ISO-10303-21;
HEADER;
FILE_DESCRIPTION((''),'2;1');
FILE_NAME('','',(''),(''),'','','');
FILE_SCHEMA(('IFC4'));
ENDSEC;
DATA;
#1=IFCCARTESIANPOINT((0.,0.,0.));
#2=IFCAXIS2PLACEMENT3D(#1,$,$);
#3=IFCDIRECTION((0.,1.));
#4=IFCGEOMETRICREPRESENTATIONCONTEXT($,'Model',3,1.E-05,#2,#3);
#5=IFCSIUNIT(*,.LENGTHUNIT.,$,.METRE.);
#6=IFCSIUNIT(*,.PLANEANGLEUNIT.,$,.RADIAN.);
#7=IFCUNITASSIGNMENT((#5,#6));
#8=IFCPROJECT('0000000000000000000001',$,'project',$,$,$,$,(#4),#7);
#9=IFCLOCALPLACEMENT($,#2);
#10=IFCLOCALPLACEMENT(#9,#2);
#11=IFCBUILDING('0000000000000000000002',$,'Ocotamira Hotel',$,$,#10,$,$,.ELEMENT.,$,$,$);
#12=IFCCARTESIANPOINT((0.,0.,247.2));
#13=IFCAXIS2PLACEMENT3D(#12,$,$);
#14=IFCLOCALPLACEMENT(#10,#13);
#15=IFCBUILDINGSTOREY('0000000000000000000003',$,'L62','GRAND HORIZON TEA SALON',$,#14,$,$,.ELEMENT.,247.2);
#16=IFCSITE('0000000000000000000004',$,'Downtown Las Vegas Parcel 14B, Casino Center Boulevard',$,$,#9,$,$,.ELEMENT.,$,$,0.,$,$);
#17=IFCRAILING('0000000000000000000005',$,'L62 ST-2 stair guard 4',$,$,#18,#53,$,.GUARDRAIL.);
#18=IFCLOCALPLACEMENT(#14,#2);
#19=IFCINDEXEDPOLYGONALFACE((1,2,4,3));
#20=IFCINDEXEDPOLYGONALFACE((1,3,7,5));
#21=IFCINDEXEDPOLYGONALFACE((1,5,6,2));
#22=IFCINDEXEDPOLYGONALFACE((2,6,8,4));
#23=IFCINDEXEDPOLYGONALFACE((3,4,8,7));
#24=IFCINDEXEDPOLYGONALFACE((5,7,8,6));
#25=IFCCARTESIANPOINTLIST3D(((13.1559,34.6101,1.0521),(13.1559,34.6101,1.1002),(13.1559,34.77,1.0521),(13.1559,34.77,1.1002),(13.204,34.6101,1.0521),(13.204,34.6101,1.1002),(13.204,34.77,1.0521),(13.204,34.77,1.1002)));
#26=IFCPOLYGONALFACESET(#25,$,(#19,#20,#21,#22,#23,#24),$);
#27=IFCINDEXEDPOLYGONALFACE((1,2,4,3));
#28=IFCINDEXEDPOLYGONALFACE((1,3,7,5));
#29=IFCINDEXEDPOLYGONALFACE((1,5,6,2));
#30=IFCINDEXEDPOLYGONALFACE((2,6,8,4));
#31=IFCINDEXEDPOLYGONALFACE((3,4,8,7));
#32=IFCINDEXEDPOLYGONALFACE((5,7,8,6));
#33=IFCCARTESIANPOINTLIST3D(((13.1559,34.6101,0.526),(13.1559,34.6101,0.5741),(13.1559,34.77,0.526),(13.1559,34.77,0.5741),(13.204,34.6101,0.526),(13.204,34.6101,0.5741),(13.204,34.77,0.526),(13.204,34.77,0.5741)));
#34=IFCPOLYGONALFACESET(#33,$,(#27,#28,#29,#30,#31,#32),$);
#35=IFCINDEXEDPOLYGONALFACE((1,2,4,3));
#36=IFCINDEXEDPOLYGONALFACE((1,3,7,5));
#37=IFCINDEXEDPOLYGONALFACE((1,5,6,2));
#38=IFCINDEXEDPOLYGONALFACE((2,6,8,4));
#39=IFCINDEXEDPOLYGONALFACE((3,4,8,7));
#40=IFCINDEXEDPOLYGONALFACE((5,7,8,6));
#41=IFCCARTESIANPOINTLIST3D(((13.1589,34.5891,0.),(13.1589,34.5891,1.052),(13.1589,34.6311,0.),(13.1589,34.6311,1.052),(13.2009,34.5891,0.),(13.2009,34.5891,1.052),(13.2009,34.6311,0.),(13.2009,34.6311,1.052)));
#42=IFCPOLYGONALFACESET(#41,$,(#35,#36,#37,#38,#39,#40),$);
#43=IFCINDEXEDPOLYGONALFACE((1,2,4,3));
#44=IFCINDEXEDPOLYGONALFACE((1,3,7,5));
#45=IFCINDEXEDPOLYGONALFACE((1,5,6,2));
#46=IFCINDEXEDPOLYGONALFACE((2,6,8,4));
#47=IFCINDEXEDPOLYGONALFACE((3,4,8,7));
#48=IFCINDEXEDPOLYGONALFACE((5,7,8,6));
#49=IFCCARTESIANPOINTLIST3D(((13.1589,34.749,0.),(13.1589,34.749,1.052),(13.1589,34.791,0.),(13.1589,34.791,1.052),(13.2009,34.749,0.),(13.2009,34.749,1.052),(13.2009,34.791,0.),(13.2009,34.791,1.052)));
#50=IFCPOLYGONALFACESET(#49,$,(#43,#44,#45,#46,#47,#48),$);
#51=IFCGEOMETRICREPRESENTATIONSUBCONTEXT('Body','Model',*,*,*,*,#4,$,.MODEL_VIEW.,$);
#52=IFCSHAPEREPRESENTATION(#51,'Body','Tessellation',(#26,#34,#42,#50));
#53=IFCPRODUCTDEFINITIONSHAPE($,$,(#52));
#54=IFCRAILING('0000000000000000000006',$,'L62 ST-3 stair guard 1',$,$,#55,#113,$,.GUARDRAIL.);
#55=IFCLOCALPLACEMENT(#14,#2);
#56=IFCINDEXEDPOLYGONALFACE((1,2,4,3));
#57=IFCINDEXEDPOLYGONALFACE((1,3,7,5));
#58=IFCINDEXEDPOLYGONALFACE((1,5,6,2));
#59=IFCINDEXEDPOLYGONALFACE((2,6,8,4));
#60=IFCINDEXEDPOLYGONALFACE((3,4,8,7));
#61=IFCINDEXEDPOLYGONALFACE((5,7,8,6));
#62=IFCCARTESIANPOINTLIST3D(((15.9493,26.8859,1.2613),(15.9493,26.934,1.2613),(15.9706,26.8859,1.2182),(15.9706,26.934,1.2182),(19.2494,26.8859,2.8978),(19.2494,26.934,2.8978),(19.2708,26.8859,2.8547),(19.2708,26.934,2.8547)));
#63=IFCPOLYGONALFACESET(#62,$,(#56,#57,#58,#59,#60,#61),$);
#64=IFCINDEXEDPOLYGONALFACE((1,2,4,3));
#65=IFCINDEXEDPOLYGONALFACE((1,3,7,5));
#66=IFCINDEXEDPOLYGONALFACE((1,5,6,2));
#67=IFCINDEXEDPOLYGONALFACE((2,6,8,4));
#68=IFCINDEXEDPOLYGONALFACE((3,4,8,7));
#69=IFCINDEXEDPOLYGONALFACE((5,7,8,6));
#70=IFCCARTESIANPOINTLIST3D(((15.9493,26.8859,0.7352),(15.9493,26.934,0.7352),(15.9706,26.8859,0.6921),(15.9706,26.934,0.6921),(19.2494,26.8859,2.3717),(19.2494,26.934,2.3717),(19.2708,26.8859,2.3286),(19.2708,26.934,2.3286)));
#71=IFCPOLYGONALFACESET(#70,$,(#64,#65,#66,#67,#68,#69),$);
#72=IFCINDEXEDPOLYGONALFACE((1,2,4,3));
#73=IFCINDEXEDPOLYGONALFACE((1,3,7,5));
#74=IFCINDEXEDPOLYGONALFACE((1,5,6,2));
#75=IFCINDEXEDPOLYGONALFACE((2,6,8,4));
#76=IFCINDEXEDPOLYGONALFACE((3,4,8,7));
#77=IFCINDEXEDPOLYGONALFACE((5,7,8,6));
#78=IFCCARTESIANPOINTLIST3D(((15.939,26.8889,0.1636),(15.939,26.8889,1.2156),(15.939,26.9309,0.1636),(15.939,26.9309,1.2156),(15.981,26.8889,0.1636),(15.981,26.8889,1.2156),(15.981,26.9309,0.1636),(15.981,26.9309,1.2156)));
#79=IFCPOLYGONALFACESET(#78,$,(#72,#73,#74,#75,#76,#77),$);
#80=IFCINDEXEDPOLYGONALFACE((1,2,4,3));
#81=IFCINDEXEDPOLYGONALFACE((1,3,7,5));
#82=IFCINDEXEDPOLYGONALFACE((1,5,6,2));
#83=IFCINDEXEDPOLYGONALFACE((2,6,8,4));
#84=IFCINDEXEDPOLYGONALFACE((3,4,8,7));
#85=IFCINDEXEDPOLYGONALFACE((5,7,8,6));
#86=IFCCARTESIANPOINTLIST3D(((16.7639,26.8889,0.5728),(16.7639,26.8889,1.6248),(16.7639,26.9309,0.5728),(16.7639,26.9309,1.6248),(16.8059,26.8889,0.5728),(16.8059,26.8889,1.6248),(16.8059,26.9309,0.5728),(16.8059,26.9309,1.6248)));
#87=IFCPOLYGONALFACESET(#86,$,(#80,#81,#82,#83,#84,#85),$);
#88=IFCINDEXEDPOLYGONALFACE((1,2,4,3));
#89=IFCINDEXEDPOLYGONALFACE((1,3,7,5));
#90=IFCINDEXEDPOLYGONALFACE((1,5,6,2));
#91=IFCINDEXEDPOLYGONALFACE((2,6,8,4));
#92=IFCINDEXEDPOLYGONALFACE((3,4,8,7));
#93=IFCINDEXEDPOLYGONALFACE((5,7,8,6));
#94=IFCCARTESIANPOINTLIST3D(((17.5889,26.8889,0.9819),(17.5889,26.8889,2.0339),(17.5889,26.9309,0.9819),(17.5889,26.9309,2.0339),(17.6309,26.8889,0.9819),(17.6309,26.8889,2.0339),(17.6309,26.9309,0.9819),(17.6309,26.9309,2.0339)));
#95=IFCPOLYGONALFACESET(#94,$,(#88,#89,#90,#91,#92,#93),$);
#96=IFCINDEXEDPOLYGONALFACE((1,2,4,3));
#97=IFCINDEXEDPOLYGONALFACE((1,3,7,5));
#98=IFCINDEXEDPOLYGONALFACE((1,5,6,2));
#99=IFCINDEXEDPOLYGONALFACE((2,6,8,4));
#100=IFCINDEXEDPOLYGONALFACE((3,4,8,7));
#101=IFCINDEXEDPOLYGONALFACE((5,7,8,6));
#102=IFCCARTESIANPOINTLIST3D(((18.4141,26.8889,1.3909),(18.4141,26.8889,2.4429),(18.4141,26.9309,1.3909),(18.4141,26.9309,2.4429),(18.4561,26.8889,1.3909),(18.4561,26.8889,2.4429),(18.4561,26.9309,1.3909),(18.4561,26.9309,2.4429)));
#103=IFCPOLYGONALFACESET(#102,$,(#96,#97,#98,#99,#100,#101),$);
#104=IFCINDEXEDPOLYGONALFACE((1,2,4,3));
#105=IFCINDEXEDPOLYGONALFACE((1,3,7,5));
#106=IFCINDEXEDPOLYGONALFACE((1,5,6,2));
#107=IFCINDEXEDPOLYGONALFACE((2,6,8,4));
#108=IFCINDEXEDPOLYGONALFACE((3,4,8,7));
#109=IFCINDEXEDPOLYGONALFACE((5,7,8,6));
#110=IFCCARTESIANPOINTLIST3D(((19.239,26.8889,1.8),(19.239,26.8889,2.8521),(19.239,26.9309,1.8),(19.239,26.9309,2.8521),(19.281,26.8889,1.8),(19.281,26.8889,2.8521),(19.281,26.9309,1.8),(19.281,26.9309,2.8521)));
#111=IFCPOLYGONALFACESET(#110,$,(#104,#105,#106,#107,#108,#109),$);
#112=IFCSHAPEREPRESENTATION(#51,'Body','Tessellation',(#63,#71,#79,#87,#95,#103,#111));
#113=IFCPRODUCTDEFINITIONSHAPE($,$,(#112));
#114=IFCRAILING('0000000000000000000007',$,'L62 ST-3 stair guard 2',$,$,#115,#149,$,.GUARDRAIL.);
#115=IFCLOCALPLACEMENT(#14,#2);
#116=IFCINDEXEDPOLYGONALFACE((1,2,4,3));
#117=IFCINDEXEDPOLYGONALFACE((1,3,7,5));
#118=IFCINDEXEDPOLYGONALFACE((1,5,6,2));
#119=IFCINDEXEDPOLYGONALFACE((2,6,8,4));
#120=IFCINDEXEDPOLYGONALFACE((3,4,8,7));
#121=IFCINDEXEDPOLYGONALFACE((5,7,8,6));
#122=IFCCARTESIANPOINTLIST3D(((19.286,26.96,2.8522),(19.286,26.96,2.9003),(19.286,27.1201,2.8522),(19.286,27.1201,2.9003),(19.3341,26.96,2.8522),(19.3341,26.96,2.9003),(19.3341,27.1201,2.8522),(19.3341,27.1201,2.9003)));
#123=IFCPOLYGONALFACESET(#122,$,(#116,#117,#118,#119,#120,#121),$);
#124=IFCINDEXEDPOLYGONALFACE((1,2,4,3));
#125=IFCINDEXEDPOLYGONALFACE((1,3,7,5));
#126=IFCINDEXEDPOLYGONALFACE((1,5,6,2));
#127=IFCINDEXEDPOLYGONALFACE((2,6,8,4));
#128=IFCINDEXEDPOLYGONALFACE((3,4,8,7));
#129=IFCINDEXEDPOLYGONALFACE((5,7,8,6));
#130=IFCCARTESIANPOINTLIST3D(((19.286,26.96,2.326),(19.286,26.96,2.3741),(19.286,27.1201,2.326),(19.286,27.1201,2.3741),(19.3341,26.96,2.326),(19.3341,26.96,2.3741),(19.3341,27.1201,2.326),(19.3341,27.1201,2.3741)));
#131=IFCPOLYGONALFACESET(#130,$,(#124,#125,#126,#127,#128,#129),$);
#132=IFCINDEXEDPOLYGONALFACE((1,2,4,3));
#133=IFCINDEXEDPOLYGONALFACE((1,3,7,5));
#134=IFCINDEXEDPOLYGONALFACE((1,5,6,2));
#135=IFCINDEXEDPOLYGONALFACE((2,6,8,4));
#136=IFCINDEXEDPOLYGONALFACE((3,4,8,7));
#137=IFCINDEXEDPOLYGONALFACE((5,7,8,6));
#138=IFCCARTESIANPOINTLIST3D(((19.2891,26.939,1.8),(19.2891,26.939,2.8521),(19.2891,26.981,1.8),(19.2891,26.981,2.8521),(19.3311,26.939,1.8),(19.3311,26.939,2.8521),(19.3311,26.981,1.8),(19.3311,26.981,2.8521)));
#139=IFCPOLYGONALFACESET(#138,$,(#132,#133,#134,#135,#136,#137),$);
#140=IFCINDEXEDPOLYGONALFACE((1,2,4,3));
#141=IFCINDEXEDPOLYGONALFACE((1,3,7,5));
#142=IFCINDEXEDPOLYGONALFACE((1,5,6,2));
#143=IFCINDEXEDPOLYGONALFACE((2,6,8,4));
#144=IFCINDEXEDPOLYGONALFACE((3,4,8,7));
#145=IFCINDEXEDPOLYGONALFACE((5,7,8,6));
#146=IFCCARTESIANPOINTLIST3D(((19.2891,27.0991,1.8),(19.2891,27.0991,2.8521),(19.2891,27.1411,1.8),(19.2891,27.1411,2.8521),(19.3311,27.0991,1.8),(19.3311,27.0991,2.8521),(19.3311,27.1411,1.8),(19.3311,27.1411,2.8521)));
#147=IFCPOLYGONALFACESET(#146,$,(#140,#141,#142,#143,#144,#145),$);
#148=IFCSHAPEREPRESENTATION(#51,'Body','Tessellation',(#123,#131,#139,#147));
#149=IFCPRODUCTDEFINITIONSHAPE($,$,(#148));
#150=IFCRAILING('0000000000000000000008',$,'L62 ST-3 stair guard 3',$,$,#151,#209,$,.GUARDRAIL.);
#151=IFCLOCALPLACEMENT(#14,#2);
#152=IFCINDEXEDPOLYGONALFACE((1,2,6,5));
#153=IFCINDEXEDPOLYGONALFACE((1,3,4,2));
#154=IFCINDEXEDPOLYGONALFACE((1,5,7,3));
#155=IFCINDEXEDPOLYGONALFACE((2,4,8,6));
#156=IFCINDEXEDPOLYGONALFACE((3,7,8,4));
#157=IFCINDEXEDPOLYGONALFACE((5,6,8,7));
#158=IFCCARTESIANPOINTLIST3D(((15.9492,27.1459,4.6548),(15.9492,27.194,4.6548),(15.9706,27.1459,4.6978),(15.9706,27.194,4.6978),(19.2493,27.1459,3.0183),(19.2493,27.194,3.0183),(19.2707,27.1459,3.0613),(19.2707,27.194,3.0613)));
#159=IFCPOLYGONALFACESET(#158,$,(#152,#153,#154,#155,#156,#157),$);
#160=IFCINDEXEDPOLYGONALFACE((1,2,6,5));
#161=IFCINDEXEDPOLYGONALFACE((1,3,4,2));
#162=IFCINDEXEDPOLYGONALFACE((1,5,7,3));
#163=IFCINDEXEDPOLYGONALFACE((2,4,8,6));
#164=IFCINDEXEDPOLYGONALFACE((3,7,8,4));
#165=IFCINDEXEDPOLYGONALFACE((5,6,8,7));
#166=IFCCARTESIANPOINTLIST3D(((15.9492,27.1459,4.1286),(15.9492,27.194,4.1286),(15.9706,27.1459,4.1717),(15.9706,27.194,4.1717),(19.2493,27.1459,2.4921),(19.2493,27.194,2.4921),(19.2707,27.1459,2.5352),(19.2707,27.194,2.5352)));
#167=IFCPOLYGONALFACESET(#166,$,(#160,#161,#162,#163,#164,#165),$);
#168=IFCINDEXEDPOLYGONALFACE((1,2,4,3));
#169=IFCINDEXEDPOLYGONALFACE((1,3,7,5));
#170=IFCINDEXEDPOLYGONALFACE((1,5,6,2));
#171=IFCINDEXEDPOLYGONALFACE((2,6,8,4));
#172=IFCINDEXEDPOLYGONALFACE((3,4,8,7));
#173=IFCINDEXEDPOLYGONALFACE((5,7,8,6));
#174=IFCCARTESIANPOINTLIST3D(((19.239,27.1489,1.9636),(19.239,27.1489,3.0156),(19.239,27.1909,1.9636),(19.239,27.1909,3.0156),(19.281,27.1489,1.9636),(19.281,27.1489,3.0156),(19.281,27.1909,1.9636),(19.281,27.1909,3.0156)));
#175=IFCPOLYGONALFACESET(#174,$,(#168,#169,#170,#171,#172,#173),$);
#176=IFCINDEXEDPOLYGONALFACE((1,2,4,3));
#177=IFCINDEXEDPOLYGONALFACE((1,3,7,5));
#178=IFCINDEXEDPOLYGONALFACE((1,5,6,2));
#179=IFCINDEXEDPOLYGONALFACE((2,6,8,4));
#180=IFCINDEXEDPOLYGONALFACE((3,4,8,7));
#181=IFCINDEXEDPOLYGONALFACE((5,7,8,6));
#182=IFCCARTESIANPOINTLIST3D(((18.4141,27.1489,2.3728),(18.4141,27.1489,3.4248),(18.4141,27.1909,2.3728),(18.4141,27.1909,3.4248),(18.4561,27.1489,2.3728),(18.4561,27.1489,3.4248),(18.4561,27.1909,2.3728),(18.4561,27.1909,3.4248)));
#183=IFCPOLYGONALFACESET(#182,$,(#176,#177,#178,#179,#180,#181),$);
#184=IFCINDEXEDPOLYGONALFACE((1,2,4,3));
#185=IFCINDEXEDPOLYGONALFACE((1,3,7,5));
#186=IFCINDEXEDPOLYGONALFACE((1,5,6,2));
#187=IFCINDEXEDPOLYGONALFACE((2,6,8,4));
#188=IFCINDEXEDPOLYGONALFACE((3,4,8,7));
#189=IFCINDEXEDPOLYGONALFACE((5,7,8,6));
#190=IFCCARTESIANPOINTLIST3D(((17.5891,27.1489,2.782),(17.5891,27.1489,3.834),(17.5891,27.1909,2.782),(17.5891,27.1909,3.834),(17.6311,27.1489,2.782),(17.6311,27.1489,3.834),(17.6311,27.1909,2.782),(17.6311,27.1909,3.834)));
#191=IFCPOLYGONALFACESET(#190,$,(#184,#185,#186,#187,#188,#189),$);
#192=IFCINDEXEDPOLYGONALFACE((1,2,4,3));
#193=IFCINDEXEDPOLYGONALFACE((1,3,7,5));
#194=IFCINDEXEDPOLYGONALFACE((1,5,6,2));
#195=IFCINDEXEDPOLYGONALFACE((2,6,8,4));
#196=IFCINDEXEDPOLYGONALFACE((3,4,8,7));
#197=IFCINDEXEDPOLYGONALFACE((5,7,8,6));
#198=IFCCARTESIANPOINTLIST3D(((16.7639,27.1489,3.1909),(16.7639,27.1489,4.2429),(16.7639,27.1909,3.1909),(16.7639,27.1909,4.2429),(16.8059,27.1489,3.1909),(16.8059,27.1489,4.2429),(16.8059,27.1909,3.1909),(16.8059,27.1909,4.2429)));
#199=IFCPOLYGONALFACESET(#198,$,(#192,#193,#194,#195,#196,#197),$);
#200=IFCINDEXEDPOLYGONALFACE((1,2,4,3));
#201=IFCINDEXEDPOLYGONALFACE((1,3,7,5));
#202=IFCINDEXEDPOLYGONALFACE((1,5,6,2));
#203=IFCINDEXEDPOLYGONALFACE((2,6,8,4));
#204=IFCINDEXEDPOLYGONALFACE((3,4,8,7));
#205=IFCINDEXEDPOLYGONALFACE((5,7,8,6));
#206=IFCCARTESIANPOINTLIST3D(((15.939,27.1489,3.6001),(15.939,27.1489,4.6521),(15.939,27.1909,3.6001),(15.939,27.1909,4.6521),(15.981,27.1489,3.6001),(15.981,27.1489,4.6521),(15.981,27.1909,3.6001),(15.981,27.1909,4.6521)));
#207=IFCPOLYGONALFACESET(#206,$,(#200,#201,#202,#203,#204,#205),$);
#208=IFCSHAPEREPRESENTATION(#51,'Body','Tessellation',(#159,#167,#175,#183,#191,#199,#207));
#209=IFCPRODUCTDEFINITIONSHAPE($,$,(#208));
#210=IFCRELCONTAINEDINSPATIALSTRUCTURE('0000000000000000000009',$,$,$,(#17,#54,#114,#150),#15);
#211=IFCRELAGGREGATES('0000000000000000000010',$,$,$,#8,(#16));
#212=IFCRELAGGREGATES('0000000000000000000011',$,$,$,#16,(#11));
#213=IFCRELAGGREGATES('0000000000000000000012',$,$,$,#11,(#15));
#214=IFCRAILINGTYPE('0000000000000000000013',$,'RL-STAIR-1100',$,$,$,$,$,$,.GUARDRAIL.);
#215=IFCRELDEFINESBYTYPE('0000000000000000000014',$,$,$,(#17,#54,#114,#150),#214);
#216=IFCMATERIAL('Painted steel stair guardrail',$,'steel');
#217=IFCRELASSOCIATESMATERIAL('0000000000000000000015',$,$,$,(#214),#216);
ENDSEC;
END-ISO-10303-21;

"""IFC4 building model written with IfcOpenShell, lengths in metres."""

from ifc_helpers import new_model, si_unit, direction, frame, origin, origin_2d, place, context, subcontext, project, spatial, rectangle, extrude, material, type_object, element, save


model = new_model("IFC4")

# Units and contexts
model_context = context("Model", 3, precision=1e-05, world=origin(), true_north=direction((0.0, 1.0)))
body_context = subcontext(model_context, "Body", "Model", "MODEL_VIEW")
ifc_project = project(units=[si_unit("LENGTHUNIT", "METRE"), si_unit("PLANEANGLEUNIT", "RADIAN")], contexts=[model_context])

# Site, building, storey
site_placement = place(None, origin())
site = spatial("IfcSite", under=ifc_project, at=site_placement, Name="Downtown Las Vegas Parcel 14B, Casino Center Boulevard", CompositionType="ELEMENT", RefElevation=0.0)
building_placement = place(site_placement, origin())
building = spatial("IfcBuilding", under=site, at=building_placement, Name="Ocotamira Hotel", CompositionType="ELEMENT")
storey_placement = place(building_placement, frame((0.0, 0.0, 247.2)))
storey = spatial("IfcBuildingStorey", under=building, at=storey_placement, Name="L62", Description="GRAND HORIZON TEA SALON", CompositionType="ELEMENT", Elevation=247.2)

# Railings
ifc_material_1 = material(Name="Painted steel stair guardrail", Category="steel")
railing_type_1 = type_object("IfcRailingType", Name="RL-STAIR-1100", PredefinedType="GUARDRAIL", material=ifc_material_1)
railing_1_placement = place(storey_placement, frame((13.1799, 34.6101, 0.0)))
element("IfcRailing", 1, at=railing_1_placement, inside=storey, type_object=railing_type_1, Name="L62 ST-2 stair guard 4", PredefinedType="GUARDRAIL", context=body_context, shape_type="SweptSolid", body=[
    extrude(rectangle(XDim=0.0481, YDim=0.0481, at=origin_2d()), frame((0.0, 0.0, 1.0762), z_axis=(0.0, 1.0, 0.0), x_axis=(-1.0, 0.0, 0.0)), (0.0, 0.0, 1.0), 0.1599),
    extrude(rectangle(XDim=0.0481, YDim=0.0481, at=origin_2d()), frame((0.0, 0.0, 0.55), z_axis=(0.0, 1.0, 0.0), x_axis=(-1.0, 0.0, 0.0)), (0.0, 0.0, 1.0), 0.1599),
    extrude(rectangle(XDim=0.042, YDim=0.042, at=origin_2d()), origin(), (0.0, 0.0, 1.0), 1.052),
    extrude(rectangle(XDim=0.042, YDim=0.042, at=origin_2d()), frame((0.0, 0.1599, 0.0)), (0.0, 0.0, 1.0), 1.052),
])
railing_2_placement = place(storey_placement, frame((15.96, 26.9099, 0.1636)))
element("IfcRailing", 2, at=railing_2_placement, inside=storey, type_object=railing_type_1, Name="L62 ST-3 stair guard 1", PredefinedType="GUARDRAIL", context=body_context, shape_type="SweptSolid", body=[
    extrude(rectangle(XDim=0.0481, YDim=0.0481, at=origin_2d()), frame((0.0, 0.0, 1.0762), z_axis=(0.895894, 0.0, 0.444268), x_axis=(0.0, 1.0, 0.0)), (0.0, 0.0, 1.0), 3.6836),
    extrude(rectangle(XDim=0.0481, YDim=0.0481, at=origin_2d()), frame((0.0, 0.0, 0.55), z_axis=(0.895894, 0.0, 0.444268), x_axis=(0.0, 1.0, 0.0)), (0.0, 0.0, 1.0), 3.6836),
    extrude(rectangle(XDim=0.042, YDim=0.042, at=origin_2d()), origin(), (0.0, 0.0, 1.0), 1.052),
    extrude(rectangle(XDim=0.042, YDim=0.042, at=origin_2d()), frame((0.825, 0.0, 0.4092)), (0.0, 0.0, 1.0), 1.052),
    extrude(rectangle(XDim=0.042, YDim=0.042, at=origin_2d()), frame((1.6499, 0.0, 0.8184)), (0.0, 0.0, 1.0), 1.052),
    extrude(rectangle(XDim=0.042, YDim=0.042, at=origin_2d()), frame((2.4751, 0.0, 1.2273)), (0.0, 0.0, 1.0), 1.052),
    extrude(rectangle(XDim=0.042, YDim=0.042, at=origin_2d()), frame((3.3, 0.0, 1.6365)), (0.0, 0.0, 1.0), 1.052),
])
railing_3_placement = place(storey_placement, frame((19.3101, 26.96, 1.8)))
element("IfcRailing", 3, at=railing_3_placement, inside=storey, type_object=railing_type_1, Name="L62 ST-3 stair guard 2", PredefinedType="GUARDRAIL", context=body_context, shape_type="SweptSolid", body=[
    extrude(rectangle(XDim=0.0481, YDim=0.0481, at=origin_2d()), frame((0.0, 0.0, 1.0762), z_axis=(0.0, 1.0, 0.0), x_axis=(-1.0, 0.0, 0.0)), (0.0, 0.0, 1.0), 0.1602),
    extrude(rectangle(XDim=0.0481, YDim=0.0481, at=origin_2d()), frame((0.0, 0.0, 0.55), z_axis=(0.0, 1.0, 0.0), x_axis=(-1.0, 0.0, 0.0)), (0.0, 0.0, 1.0), 0.1602),
    extrude(rectangle(XDim=0.042, YDim=0.042, at=origin_2d()), origin(), (0.0, 0.0, 1.0), 1.052),
    extrude(rectangle(XDim=0.042, YDim=0.042, at=origin_2d()), frame((0.0, 0.1602, 0.0)), (0.0, 0.0, 1.0), 1.052),
])
railing_4_placement = place(storey_placement, frame((19.26, 27.1699, 1.9636)))
element("IfcRailing", 4, at=railing_4_placement, inside=storey, type_object=railing_type_1, Name="L62 ST-3 stair guard 3", PredefinedType="GUARDRAIL", context=body_context, shape_type="SweptSolid", body=[
    extrude(rectangle(XDim=0.0481, YDim=0.0481, at=origin_2d()), frame((0.0, 0.0, 1.0762), z_axis=(-0.895894, 0.0, 0.444268), x_axis=(0.0, -1.0, 0.0)), (0.0, 0.0, 1.0), 3.6836),
    extrude(rectangle(XDim=0.0481, YDim=0.0481, at=origin_2d()), frame((0.0, 0.0, 0.55), z_axis=(-0.895894, 0.0, 0.444268), x_axis=(0.0, -1.0, 0.0)), (0.0, 0.0, 1.0), 3.6836),
    extrude(rectangle(XDim=0.042, YDim=0.042, at=origin_2d()), origin(), (0.0, 0.0, 1.0), 1.052),
    extrude(rectangle(XDim=0.042, YDim=0.042, at=origin_2d()), frame((-0.825, 0.0, 0.4092)), (0.0, 0.0, 1.0), 1.052),
    extrude(rectangle(XDim=0.042, YDim=0.042, at=origin_2d()), frame((-1.6499, 0.0, 0.8184)), (0.0, 0.0, 1.0), 1.052),
    extrude(rectangle(XDim=0.042, YDim=0.042, at=origin_2d()), frame((-2.4751, 0.0, 1.2273)), (0.0, 0.0, 1.0), 1.052),
    extrude(rectangle(XDim=0.042, YDim=0.042, at=origin_2d()), frame((-3.3, 0.0, 1.6365)), (0.0, 0.0, 1.0), 1.052),
])

save(model, "model.ifc")
